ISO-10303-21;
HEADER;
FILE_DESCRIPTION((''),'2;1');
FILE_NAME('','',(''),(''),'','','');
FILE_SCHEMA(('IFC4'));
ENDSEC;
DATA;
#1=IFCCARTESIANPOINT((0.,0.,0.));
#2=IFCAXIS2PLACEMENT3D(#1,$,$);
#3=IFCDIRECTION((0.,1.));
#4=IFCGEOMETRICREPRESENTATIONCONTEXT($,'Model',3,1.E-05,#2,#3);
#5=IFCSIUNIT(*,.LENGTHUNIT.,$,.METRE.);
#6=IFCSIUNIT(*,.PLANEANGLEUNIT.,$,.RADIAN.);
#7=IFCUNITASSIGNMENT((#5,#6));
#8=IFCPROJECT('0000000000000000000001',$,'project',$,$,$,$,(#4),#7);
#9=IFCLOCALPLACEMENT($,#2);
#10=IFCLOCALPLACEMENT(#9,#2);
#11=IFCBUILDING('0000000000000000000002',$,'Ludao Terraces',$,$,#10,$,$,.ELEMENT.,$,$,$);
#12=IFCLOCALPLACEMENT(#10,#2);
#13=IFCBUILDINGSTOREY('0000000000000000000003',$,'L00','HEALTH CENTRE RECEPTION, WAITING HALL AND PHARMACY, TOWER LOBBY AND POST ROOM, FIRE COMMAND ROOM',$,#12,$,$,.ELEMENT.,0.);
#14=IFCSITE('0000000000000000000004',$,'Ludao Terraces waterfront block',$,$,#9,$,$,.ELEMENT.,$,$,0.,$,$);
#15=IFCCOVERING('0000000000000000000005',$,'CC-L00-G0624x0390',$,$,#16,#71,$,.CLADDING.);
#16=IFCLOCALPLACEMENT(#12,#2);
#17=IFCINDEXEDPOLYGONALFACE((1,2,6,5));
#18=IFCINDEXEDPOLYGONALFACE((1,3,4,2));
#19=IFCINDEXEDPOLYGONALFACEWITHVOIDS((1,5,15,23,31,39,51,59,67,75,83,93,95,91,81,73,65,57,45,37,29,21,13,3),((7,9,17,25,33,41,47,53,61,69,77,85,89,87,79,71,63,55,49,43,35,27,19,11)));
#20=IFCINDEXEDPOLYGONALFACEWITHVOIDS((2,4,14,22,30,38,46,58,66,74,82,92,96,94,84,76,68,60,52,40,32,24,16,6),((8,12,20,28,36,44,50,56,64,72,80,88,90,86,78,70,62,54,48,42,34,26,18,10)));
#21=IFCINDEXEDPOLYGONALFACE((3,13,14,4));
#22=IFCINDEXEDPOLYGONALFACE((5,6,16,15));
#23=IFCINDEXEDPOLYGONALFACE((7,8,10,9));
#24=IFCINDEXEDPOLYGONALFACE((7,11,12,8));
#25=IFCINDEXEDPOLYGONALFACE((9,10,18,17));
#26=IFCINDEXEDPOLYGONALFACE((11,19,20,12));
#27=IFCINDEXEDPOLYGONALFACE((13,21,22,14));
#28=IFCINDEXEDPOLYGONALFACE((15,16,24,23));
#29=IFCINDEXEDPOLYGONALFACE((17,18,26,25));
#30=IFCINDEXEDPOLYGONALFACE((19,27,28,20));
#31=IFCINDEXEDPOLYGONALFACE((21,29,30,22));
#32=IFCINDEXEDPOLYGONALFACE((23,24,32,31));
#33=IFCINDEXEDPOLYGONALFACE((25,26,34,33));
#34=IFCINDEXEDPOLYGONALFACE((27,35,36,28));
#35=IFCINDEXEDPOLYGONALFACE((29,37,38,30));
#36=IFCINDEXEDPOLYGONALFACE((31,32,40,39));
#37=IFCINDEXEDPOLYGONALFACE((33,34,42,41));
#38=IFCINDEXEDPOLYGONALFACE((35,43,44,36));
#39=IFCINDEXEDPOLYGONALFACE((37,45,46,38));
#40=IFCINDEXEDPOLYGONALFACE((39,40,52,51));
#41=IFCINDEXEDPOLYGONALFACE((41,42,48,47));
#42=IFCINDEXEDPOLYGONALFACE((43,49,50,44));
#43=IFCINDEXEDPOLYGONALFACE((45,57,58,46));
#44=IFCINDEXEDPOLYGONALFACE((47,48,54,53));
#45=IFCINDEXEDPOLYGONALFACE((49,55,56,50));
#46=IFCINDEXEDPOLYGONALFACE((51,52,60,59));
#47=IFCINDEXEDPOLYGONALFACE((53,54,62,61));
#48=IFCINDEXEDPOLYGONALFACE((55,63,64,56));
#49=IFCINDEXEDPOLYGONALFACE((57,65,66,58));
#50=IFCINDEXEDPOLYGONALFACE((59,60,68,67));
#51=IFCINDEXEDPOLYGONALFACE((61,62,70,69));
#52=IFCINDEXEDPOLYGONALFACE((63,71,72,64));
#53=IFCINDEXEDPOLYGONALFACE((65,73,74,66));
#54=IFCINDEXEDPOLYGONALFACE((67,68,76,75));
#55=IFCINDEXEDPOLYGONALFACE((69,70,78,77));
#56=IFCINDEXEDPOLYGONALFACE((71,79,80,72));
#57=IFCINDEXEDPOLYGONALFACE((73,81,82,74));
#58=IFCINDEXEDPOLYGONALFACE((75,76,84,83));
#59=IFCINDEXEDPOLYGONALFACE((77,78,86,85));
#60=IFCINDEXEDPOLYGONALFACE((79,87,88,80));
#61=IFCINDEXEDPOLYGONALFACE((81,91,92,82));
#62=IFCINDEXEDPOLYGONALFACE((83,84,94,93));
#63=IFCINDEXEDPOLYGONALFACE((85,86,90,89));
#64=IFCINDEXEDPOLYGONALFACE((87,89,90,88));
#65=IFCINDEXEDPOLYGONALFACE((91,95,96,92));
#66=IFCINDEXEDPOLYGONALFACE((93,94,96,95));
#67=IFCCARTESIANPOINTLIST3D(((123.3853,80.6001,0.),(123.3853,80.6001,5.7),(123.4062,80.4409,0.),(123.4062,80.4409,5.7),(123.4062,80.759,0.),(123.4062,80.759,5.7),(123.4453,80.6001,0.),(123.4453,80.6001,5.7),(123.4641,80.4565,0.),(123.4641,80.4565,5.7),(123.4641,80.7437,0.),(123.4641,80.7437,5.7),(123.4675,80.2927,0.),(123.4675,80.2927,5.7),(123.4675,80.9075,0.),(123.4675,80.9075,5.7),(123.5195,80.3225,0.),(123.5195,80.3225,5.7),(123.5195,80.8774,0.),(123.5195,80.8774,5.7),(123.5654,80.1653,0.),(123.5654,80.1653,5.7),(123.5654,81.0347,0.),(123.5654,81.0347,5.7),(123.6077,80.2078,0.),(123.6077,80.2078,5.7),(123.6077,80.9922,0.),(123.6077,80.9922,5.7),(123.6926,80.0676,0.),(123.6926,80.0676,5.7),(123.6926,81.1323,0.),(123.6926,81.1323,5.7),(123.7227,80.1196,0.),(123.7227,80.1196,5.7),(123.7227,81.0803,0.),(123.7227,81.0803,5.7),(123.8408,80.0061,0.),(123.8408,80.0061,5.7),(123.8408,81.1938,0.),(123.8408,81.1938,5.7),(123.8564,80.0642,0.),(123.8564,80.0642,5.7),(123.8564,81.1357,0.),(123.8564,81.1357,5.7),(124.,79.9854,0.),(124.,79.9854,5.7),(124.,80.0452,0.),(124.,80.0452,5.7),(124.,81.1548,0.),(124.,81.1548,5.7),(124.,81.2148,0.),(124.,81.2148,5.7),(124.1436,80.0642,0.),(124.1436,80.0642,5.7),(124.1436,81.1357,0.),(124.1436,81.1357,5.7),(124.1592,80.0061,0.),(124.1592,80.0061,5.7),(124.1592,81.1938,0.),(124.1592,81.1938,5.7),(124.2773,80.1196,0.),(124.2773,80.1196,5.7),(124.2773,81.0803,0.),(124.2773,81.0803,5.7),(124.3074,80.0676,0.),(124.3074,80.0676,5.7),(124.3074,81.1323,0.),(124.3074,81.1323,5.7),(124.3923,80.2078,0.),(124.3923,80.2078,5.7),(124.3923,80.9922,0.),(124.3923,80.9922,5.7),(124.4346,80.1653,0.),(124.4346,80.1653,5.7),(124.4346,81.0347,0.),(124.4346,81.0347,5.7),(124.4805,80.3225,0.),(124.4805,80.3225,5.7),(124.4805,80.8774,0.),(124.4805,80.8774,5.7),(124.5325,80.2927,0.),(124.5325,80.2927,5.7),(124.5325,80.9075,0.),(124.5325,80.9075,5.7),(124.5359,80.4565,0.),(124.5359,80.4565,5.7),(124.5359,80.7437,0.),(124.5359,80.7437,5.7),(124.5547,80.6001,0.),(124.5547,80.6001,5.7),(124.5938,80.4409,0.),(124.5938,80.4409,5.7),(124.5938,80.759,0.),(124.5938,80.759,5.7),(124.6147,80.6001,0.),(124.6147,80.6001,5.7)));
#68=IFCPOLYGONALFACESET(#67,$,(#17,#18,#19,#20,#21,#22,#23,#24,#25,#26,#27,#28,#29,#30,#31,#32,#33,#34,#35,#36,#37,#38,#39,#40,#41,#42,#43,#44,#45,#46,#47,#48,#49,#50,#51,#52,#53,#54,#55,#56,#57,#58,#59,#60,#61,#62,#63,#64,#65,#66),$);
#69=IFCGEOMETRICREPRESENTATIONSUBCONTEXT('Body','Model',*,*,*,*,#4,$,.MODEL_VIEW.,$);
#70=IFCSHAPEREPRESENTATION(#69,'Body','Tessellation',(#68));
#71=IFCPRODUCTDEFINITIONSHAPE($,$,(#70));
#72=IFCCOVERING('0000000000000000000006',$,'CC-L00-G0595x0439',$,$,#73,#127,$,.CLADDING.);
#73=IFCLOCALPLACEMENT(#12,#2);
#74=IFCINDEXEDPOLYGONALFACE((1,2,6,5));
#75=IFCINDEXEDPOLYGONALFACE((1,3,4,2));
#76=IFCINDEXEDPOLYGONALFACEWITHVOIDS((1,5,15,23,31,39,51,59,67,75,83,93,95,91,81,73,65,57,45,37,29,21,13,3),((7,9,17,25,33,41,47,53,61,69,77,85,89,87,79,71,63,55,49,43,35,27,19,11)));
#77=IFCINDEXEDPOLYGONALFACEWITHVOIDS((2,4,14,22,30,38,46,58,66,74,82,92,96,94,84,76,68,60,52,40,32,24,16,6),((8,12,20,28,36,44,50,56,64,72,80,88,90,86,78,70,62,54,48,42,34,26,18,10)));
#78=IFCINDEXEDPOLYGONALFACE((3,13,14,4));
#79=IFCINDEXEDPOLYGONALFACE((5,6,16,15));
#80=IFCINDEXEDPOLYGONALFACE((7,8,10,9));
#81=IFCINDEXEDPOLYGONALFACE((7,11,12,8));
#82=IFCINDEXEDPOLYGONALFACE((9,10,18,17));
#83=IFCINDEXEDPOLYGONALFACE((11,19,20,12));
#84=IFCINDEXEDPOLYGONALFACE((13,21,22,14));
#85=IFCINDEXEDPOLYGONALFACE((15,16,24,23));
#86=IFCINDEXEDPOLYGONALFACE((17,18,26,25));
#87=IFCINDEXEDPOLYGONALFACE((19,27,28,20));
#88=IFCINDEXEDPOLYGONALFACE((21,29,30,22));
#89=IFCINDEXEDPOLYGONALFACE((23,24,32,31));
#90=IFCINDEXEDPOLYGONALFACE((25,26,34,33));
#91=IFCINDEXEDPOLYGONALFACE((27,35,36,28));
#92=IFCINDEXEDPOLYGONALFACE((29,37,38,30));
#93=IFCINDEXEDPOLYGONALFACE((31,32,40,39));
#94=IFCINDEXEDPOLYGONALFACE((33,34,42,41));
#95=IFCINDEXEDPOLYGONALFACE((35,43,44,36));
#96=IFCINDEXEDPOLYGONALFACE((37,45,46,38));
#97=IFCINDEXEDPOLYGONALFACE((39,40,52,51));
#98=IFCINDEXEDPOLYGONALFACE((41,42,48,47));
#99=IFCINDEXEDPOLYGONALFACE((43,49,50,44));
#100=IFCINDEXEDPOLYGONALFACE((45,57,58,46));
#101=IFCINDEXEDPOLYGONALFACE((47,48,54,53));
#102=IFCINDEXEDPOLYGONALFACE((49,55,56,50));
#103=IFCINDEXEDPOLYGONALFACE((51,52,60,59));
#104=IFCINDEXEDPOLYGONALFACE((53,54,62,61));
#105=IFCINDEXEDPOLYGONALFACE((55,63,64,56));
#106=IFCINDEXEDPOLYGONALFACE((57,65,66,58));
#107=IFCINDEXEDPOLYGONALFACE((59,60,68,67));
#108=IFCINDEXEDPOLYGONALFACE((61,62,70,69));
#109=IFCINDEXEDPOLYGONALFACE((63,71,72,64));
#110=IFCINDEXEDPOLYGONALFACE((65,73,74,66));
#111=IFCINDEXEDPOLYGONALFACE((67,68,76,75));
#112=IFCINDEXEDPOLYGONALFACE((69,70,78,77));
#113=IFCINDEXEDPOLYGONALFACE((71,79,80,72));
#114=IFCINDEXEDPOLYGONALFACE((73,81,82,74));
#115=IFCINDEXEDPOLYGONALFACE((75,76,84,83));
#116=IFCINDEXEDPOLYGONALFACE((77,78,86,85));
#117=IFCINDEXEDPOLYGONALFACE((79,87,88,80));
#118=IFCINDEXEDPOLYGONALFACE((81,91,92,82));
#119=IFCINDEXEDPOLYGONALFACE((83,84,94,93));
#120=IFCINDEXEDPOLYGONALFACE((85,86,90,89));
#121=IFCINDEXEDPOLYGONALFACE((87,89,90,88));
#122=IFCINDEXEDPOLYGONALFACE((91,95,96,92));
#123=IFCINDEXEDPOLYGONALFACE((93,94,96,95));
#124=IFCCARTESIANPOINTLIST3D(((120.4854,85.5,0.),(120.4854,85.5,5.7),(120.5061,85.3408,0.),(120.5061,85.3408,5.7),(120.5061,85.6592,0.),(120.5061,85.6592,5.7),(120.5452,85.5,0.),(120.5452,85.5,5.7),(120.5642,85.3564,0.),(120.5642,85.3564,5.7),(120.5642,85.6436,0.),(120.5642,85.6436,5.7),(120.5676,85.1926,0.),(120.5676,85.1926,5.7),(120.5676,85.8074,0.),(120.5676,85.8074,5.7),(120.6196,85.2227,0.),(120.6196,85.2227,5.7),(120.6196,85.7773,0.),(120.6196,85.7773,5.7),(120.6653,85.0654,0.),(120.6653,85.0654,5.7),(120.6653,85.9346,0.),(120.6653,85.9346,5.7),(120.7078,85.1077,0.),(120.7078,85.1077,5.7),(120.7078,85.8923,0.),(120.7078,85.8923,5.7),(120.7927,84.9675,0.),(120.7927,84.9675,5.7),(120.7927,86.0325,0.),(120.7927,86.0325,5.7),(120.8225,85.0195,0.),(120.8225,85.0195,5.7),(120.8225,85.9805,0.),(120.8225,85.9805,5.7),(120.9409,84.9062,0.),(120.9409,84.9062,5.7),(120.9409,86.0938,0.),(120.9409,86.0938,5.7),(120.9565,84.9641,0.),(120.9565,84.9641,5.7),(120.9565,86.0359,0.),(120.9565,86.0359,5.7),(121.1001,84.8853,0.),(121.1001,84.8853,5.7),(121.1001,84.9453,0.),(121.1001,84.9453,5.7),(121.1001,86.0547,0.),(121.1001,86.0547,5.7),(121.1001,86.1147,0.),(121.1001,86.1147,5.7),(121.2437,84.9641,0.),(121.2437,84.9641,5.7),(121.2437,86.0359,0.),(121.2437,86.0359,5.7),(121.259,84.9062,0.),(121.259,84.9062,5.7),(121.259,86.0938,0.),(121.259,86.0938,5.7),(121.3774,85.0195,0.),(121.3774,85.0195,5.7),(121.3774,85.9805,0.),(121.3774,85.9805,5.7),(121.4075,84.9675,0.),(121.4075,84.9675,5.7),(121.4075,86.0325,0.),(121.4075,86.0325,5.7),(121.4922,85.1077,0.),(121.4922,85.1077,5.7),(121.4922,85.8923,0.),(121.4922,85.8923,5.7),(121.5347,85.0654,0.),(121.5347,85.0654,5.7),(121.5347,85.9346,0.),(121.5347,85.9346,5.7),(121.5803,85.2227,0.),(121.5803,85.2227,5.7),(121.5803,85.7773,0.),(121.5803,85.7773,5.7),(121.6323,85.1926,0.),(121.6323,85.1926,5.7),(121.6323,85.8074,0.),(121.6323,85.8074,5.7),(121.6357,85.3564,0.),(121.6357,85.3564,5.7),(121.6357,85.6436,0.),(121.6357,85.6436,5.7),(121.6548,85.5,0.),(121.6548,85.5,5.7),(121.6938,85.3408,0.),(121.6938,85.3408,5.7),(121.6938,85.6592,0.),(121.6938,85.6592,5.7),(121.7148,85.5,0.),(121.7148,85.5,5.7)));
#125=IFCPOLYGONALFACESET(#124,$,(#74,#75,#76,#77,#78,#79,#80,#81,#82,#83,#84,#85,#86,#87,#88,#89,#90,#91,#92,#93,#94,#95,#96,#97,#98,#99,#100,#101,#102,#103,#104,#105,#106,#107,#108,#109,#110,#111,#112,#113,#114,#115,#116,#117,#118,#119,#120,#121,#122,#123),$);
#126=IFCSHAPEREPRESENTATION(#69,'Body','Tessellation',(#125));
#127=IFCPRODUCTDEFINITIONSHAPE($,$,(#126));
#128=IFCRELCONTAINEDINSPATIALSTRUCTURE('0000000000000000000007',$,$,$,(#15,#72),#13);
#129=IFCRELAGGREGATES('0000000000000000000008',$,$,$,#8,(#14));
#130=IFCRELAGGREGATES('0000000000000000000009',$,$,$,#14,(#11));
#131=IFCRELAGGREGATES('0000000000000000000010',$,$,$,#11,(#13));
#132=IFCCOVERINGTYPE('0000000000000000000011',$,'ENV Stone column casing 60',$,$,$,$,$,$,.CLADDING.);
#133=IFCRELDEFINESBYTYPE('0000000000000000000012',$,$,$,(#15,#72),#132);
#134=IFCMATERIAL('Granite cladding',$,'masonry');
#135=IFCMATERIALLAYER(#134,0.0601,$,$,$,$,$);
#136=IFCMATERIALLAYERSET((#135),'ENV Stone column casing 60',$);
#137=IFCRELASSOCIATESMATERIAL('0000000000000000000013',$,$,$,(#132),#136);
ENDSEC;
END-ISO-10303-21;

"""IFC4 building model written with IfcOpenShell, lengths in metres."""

from ifc_helpers import new_model, si_unit, direction, origin, place, context, subcontext, project, spatial, polyline, outline, extrude, material, layer, layer_set, type_object, element, save


model = new_model("IFC4")

# Units and contexts
model_context = context("Model", 3, precision=1e-05, world=origin(), true_north=direction((0.0, 1.0)))
body_context = subcontext(model_context, "Body", "Model", "MODEL_VIEW")
ifc_project = project(units=[si_unit("LENGTHUNIT", "METRE"), si_unit("PLANEANGLEUNIT", "RADIAN")], contexts=[model_context])

# Site, building, storey
site_placement = place(None, origin())
site = spatial("IfcSite", under=ifc_project, at=site_placement, Name="Ludao Terraces waterfront block", CompositionType="ELEMENT", RefElevation=0.0)
building_placement = place(site_placement, origin())
building = spatial("IfcBuilding", under=site, at=building_placement, Name="Ludao Terraces", CompositionType="ELEMENT")
storey_placement = place(building_placement, origin())
storey = spatial("IfcBuildingStorey", under=building, at=storey_placement, Name="L00", Description="HEALTH CENTRE RECEPTION, WAITING HALL AND PHARMACY, TOWER LOBBY AND POST ROOM, FIRE COMMAND ROOM", CompositionType="ELEMENT", Elevation=0.0)

# Coverings
ifc_material_1 = material(Name="Granite cladding", Category="masonry")
ifc_layer_1 = layer(ifc_material_1, 0.0601)
ifc_layer_set_1 = layer_set([ifc_layer_1], Name="ENV Stone column casing 60")
covering_type_1 = type_object("IfcCoveringType", Name="ENV Stone column casing 60", PredefinedType="CLADDING", material=ifc_layer_set_1)
covering_1_placement = place(storey_placement, origin())
element("IfcCovering", 1, at=covering_1_placement, inside=storey, type_object=covering_type_1, Name="CC-L00-G0624x0390", PredefinedType="CLADDING", context=body_context, shape_type="SweptSolid", body=[
    extrude(outline(polyline([(124.6147, 80.6001), (124.5938, 80.759), (124.5325, 80.9075), (124.4346, 81.0347), (124.3074, 81.1323), (124.1592, 81.1938), (124.0, 81.2148), (123.8408, 81.1938), (123.6926, 81.1323), (123.5654, 81.0347), (123.4675, 80.9075), (123.4062, 80.759), (123.3853, 80.6001), (123.4062, 80.4409), (123.4675, 80.2927), (123.5654, 80.1653), (123.6926, 80.0676), (123.8408, 80.0061), (124.0, 79.9854), (124.1592, 80.0061), (124.3074, 80.0676), (124.4346, 80.1653), (124.5325, 80.2927), (124.5938, 80.4409), (124.6147, 80.6001)]), holes=[polyline([(124.5359, 80.4565), (124.4805, 80.3225), (124.3923, 80.2078), (124.2773, 80.1196), (124.1436, 80.0642), (124.0, 80.0452), (123.8564, 80.0642), (123.7227, 80.1196), (123.6077, 80.2078), (123.5195, 80.3225), (123.4641, 80.4565), (123.4453, 80.6001), (123.4641, 80.7437), (123.5195, 80.8774), (123.6077, 80.9922), (123.7227, 81.0803), (123.8564, 81.1357), (124.0, 81.1548), (124.1436, 81.1357), (124.2773, 81.0803), (124.3923, 80.9922), (124.4805, 80.8774), (124.5359, 80.7437), (124.5547, 80.6001), (124.5359, 80.4565)])]), origin(), (0.0, 0.0, 1.0), 5.7),
])
covering_2_placement = place(storey_placement, origin())
element("IfcCovering", 2, at=covering_2_placement, inside=storey, type_object=covering_type_1, Name="CC-L00-G0595x0439", PredefinedType="CLADDING", context=body_context, shape_type="SweptSolid", body=[
    extrude(outline(polyline([(121.7148, 85.5), (121.6938, 85.6592), (121.6323, 85.8074), (121.5347, 85.9346), (121.4075, 86.0325), (121.259, 86.0938), (121.1001, 86.1147), (120.9409, 86.0938), (120.7927, 86.0325), (120.6653, 85.9346), (120.5676, 85.8074), (120.5061, 85.6592), (120.4854, 85.5), (120.5061, 85.3408), (120.5676, 85.1926), (120.6653, 85.0654), (120.7927, 84.9675), (120.9409, 84.9062), (121.1001, 84.8853), (121.259, 84.9062), (121.4075, 84.9675), (121.5347, 85.0654), (121.6323, 85.1926), (121.6938, 85.3408), (121.7148, 85.5)]), holes=[polyline([(121.6357, 85.3564), (121.5803, 85.2227), (121.4922, 85.1077), (121.3774, 85.0195), (121.2437, 84.9641), (121.1001, 84.9453), (120.9565, 84.9641), (120.8225, 85.0195), (120.7078, 85.1077), (120.6196, 85.2227), (120.5642, 85.3564), (120.5452, 85.5), (120.5642, 85.6436), (120.6196, 85.7773), (120.7078, 85.8923), (120.8225, 85.9805), (120.9565, 86.0359), (121.1001, 86.0547), (121.2437, 86.0359), (121.3774, 85.9805), (121.4922, 85.8923), (121.5803, 85.7773), (121.6357, 85.6436), (121.6548, 85.5), (121.6357, 85.3564)])]), origin(), (0.0, 0.0, 1.0), 5.7),
])

save(model, "model.ifc")
